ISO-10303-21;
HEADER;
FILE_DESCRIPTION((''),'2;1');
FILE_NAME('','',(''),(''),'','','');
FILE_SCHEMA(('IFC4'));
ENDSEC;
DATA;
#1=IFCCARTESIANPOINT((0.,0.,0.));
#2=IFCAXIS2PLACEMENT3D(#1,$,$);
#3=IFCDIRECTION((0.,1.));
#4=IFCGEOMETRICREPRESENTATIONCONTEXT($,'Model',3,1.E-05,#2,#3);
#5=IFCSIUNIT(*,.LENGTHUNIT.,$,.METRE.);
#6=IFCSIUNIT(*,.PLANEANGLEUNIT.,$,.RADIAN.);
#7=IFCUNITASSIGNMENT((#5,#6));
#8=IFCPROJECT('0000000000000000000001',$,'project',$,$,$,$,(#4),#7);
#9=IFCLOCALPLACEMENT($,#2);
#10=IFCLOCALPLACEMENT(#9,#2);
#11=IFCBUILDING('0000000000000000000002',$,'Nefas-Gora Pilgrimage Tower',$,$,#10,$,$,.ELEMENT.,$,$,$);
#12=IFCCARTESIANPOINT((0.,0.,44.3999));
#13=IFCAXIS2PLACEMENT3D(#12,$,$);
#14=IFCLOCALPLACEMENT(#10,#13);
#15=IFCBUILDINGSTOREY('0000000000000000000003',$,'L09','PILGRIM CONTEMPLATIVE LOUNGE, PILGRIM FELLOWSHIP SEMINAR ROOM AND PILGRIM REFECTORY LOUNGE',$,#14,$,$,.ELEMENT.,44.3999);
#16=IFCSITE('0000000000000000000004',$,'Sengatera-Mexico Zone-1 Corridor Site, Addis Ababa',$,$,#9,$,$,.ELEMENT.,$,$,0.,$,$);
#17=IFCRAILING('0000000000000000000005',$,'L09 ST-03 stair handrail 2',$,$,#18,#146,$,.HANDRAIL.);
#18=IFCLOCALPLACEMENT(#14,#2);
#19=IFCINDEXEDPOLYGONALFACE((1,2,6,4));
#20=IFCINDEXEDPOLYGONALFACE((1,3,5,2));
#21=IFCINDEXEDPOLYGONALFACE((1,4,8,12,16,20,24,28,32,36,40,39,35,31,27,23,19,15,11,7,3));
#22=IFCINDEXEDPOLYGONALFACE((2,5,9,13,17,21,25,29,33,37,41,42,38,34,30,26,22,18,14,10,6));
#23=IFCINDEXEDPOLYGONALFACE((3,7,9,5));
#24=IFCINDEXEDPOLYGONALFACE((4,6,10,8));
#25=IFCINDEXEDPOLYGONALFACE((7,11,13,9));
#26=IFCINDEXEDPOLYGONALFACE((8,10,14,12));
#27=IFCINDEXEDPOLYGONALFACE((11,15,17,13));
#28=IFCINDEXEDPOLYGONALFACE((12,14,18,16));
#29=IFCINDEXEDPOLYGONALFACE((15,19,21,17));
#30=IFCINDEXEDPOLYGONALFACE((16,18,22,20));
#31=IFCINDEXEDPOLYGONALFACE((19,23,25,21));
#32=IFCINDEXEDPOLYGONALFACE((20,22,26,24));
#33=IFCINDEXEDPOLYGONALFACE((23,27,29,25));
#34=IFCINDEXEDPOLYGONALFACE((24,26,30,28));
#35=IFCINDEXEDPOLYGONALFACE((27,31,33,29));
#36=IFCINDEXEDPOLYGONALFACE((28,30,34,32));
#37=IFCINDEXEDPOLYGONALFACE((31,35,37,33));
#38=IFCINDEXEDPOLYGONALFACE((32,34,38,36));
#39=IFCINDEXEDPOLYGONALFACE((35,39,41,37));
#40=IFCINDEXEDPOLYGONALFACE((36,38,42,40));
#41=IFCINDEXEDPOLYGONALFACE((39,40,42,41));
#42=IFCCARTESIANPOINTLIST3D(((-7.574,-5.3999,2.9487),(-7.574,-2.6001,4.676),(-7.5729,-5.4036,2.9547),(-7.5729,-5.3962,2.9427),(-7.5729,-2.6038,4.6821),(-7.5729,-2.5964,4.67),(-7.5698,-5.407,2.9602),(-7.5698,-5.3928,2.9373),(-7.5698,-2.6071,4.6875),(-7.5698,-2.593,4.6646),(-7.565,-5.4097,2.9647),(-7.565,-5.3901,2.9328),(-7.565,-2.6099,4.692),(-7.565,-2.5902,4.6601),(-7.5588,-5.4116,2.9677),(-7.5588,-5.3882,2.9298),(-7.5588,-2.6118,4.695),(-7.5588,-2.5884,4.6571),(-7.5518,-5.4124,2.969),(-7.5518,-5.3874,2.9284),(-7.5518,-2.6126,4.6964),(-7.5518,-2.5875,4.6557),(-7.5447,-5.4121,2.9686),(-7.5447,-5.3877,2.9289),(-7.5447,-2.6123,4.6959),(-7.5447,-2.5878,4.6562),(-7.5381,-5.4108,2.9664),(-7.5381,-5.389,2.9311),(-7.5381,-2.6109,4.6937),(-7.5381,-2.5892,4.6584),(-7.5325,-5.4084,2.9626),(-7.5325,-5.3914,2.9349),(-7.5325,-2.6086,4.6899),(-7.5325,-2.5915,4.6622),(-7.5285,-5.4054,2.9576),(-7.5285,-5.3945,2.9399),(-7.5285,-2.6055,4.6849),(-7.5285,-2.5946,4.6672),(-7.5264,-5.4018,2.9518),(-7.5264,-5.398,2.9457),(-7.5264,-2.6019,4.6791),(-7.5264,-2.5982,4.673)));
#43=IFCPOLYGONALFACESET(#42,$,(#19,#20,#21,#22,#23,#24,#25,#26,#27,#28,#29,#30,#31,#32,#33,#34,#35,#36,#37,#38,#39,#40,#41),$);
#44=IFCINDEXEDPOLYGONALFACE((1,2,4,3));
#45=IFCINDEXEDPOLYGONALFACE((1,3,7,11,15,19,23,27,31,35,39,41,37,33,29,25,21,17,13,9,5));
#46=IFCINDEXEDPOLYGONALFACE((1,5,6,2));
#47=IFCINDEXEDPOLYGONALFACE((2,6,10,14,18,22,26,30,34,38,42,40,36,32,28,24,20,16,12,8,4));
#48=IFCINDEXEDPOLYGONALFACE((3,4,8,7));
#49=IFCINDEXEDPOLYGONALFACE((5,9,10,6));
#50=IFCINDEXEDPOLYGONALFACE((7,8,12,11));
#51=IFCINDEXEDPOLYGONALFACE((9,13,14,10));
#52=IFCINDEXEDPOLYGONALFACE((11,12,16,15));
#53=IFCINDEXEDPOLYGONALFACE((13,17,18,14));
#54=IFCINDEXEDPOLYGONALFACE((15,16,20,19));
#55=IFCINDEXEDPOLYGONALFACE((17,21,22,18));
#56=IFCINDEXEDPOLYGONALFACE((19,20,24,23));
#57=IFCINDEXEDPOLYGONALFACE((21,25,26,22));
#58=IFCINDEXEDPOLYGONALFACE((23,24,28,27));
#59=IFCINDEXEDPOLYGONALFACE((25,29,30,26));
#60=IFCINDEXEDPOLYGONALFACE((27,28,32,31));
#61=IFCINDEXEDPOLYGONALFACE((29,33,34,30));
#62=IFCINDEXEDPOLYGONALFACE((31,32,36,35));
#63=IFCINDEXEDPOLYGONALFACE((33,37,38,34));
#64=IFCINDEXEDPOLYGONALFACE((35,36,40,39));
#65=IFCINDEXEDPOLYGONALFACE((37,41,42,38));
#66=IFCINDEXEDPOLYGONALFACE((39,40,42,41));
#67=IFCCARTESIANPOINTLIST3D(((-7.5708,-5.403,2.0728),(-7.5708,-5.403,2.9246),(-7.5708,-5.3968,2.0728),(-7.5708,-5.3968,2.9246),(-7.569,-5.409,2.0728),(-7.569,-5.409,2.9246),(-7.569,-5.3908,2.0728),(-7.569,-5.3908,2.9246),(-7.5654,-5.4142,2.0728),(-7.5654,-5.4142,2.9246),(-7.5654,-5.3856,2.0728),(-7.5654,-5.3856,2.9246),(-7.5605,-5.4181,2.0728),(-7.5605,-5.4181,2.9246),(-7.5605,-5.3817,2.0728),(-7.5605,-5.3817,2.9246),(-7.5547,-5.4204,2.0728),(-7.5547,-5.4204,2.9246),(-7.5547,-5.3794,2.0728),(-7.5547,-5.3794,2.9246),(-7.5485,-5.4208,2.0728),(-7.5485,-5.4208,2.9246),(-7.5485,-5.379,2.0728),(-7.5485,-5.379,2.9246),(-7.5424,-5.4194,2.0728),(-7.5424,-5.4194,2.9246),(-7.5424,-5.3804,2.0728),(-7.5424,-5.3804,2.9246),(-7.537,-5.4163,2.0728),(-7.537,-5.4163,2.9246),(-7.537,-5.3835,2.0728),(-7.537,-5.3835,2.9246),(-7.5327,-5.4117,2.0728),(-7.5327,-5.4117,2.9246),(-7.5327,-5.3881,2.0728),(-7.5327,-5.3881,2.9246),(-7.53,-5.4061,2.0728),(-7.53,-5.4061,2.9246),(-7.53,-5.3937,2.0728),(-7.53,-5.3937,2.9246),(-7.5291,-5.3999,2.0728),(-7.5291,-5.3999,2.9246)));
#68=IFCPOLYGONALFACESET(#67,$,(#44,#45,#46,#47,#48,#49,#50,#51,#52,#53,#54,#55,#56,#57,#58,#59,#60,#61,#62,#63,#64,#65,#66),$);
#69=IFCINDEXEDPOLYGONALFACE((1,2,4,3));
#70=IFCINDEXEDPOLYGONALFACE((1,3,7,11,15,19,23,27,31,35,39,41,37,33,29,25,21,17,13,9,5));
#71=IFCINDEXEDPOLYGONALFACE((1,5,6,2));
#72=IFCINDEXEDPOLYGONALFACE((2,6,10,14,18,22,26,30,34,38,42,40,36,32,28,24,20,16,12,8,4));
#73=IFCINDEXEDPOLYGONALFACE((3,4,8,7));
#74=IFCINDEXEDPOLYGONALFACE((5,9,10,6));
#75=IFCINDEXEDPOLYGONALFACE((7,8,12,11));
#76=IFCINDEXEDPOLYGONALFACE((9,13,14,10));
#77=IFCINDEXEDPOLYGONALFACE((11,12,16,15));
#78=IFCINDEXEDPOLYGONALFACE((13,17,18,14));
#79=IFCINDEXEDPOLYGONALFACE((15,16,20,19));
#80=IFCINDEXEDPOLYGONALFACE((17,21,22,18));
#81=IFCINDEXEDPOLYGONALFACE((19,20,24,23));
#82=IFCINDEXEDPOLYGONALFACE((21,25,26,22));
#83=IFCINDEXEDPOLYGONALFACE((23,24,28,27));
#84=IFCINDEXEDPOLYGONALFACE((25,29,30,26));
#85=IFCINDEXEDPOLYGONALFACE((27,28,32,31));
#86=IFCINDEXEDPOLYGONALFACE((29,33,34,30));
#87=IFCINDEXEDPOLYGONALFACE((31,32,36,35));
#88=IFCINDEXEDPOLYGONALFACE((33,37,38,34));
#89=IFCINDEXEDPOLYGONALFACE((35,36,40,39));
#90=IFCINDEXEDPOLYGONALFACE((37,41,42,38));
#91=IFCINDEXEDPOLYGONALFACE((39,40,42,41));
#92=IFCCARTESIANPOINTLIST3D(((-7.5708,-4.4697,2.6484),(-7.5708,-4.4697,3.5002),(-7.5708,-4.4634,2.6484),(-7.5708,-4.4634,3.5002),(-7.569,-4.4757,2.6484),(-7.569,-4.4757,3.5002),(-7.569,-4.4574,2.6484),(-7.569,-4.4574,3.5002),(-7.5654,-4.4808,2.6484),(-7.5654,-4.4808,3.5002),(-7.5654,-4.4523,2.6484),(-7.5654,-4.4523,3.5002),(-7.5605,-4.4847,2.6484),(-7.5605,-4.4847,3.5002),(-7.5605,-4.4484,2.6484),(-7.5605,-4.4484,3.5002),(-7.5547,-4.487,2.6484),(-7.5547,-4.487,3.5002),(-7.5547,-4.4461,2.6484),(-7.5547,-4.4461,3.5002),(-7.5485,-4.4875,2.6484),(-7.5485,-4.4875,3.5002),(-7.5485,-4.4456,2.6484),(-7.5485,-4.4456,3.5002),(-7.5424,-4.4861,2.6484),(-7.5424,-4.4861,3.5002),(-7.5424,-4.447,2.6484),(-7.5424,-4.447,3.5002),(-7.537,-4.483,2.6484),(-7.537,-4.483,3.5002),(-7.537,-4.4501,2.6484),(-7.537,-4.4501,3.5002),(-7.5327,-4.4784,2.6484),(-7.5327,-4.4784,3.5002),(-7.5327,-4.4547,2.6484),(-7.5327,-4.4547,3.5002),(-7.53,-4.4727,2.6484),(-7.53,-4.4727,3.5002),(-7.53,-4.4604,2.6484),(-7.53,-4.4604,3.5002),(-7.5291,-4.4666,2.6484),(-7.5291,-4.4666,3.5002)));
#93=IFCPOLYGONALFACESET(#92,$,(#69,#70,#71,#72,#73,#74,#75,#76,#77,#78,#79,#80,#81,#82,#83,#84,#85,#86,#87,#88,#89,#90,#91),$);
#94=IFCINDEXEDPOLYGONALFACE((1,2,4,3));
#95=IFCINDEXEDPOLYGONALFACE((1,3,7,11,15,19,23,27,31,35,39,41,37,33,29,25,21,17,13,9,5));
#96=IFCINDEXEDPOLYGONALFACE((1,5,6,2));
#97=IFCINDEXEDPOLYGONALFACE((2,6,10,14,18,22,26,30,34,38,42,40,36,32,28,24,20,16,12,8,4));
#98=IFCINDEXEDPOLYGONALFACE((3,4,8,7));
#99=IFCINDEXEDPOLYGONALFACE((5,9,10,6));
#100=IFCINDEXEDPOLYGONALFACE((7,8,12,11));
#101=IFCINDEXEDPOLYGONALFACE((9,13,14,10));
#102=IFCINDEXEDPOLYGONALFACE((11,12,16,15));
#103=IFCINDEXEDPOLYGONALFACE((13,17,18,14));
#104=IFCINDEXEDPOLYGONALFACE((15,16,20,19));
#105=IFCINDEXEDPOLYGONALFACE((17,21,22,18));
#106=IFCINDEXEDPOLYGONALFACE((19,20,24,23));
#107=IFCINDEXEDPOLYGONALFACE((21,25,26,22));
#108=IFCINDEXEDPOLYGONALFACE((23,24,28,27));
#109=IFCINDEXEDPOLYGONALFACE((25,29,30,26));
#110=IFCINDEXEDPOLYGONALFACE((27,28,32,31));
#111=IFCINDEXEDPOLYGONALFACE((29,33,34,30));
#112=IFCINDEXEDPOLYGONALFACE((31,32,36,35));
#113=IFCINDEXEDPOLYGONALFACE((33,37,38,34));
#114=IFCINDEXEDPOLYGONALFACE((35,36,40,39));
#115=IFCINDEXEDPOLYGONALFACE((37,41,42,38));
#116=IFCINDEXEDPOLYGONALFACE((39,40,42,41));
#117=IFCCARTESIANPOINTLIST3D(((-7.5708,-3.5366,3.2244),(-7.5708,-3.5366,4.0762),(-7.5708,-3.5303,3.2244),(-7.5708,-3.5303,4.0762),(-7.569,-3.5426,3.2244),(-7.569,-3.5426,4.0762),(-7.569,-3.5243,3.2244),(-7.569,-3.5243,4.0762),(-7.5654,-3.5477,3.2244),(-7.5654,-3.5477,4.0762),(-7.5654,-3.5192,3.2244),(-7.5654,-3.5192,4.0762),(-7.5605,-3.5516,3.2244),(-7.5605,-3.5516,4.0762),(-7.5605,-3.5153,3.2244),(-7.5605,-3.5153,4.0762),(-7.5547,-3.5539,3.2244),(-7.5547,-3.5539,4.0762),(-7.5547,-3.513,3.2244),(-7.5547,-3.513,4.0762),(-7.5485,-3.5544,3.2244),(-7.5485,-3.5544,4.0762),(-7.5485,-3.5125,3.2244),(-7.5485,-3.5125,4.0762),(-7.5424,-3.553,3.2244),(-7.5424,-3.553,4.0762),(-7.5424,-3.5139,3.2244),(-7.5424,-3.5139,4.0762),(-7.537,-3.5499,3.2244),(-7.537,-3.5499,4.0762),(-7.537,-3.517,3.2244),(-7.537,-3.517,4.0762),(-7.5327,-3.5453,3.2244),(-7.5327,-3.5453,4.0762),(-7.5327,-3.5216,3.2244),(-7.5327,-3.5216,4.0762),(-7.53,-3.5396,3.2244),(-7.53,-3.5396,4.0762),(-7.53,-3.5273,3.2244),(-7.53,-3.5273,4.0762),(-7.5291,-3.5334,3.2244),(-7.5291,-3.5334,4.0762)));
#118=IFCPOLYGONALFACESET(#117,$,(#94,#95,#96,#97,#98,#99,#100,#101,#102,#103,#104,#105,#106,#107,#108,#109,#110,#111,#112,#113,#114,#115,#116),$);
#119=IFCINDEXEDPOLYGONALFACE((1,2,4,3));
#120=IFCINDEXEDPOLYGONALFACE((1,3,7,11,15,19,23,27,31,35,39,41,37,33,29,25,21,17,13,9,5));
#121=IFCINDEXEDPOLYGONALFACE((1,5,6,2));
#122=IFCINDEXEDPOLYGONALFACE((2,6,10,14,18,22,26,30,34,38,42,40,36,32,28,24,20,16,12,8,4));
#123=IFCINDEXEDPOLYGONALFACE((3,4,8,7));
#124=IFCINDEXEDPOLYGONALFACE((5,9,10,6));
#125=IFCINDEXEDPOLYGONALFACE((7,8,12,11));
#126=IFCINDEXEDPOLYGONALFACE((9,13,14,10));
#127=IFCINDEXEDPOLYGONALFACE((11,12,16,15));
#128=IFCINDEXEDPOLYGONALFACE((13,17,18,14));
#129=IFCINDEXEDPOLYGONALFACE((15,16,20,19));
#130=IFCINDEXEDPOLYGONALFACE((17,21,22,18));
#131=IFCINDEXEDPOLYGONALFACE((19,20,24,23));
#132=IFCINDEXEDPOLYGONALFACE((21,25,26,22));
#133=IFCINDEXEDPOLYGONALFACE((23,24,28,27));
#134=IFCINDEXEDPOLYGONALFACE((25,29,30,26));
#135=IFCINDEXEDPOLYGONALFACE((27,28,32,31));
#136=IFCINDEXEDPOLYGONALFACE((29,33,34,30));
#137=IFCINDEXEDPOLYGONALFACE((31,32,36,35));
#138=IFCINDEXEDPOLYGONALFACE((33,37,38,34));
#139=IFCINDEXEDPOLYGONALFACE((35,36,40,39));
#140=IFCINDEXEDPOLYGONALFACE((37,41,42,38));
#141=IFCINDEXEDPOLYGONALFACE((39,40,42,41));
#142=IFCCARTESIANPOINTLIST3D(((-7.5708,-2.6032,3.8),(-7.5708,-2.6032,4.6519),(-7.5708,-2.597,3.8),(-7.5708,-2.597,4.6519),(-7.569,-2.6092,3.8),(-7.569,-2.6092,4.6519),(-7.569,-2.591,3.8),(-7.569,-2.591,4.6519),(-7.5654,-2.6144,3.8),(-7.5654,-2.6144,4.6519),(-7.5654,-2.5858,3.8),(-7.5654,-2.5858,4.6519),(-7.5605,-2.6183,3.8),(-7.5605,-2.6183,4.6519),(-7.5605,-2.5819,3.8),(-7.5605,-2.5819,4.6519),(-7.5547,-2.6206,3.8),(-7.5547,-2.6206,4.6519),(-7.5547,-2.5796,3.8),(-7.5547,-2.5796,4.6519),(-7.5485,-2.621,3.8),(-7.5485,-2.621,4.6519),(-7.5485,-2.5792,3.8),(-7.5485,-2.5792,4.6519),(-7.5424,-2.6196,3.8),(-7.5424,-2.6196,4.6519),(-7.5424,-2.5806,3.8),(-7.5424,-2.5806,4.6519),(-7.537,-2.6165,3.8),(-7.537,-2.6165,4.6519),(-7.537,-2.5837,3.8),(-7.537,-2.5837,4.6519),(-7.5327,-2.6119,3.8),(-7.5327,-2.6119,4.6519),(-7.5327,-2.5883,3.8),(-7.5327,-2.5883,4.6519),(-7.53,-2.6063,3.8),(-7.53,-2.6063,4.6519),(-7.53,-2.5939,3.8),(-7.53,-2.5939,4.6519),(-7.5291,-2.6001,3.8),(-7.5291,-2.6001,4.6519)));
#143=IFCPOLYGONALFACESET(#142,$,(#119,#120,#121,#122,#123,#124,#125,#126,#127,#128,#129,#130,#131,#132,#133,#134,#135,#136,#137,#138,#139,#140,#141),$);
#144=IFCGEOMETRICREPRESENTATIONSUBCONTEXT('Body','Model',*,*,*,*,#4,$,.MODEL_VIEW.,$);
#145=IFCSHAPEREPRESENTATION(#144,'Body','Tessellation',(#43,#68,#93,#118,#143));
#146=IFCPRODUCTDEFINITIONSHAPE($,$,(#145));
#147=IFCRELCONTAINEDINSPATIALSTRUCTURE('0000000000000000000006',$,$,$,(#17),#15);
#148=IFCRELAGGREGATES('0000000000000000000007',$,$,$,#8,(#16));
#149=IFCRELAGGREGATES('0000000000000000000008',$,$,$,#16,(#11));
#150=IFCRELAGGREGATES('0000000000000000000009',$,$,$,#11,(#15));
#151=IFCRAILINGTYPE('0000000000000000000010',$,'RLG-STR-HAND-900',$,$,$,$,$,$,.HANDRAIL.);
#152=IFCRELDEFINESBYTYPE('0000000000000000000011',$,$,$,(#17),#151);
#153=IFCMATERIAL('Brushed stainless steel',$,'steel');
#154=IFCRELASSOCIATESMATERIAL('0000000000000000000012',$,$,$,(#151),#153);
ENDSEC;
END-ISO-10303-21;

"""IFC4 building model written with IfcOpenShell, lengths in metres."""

from ifc_helpers import new_model, si_unit, direction, frame, origin, origin_2d, place, context, subcontext, project, spatial, circle, extrude, material, type_object, element, save


model = new_model("IFC4")

# Units and contexts
model_context = context("Model", 3, precision=1e-05, world=origin(), true_north=direction((0.0, 1.0)))
body_context = subcontext(model_context, "Body", "Model", "MODEL_VIEW")
ifc_project = project(units=[si_unit("LENGTHUNIT", "METRE"), si_unit("PLANEANGLEUNIT", "RADIAN")], contexts=[model_context])

# Site, building, storey
site_placement = place(None, origin())
site = spatial("IfcSite", under=ifc_project, at=site_placement, Name="Sengatera-Mexico Zone-1 Corridor Site, Addis Ababa", CompositionType="ELEMENT", RefElevation=0.0)
building_placement = place(site_placement, origin())
building = spatial("IfcBuilding", under=site, at=building_placement, Name="Nefas-Gora Pilgrimage Tower", CompositionType="ELEMENT")
storey_placement = place(building_placement, frame((0.0, 0.0, 44.3999)))
storey = spatial("IfcBuildingStorey", under=building, at=storey_placement, Name="L09", Description="PILGRIM CONTEMPLATIVE LOUNGE, PILGRIM FELLOWSHIP SEMINAR ROOM AND PILGRIM REFECTORY LOUNGE", CompositionType="ELEMENT", Elevation=44.3999)

# Railing
ifc_material_1 = material(Name="Brushed stainless steel", Category="steel")
railing_type_1 = type_object("IfcRailingType", Name="RLG-STR-HAND-900", PredefinedType="HANDRAIL", material=ifc_material_1)
railing_1_placement = place(storey_placement, frame((-7.55, -5.3999, 2.0728)))
element("IfcRailing", 1, at=railing_1_placement, inside=storey, type_object=railing_type_1, Name="L09 ST-03 stair handrail 2", PredefinedType="HANDRAIL", context=body_context, shape_type="SweptSolid", body=[
    extrude(circle(Radius=0.0239, at=origin_2d()), frame((0.0, 0.0, 0.876), z_axis=(0.0, 0.851069, 0.525054), x_axis=(-1.0, 0.0, 0.0)), (0.0, 0.0, 1.0), 3.2898),
    extrude(circle(Radius=0.021, at=origin_2d()), origin(), (0.0, 0.0, 1.0), 0.8518),
    extrude(circle(Radius=0.021, at=origin_2d()), frame((0.0, 0.9333, 0.5757)), (0.0, 0.0, 1.0), 0.8518),
    extrude(circle(Radius=0.021, at=origin_2d()), frame((0.0, 1.8665, 1.1516)), (0.0, 0.0, 1.0), 0.8518),
    extrude(circle(Radius=0.021, at=origin_2d()), frame((0.0, 2.7998, 1.7273)), (0.0, 0.0, 1.0), 0.8518),
])

save(model, "model.ifc")
